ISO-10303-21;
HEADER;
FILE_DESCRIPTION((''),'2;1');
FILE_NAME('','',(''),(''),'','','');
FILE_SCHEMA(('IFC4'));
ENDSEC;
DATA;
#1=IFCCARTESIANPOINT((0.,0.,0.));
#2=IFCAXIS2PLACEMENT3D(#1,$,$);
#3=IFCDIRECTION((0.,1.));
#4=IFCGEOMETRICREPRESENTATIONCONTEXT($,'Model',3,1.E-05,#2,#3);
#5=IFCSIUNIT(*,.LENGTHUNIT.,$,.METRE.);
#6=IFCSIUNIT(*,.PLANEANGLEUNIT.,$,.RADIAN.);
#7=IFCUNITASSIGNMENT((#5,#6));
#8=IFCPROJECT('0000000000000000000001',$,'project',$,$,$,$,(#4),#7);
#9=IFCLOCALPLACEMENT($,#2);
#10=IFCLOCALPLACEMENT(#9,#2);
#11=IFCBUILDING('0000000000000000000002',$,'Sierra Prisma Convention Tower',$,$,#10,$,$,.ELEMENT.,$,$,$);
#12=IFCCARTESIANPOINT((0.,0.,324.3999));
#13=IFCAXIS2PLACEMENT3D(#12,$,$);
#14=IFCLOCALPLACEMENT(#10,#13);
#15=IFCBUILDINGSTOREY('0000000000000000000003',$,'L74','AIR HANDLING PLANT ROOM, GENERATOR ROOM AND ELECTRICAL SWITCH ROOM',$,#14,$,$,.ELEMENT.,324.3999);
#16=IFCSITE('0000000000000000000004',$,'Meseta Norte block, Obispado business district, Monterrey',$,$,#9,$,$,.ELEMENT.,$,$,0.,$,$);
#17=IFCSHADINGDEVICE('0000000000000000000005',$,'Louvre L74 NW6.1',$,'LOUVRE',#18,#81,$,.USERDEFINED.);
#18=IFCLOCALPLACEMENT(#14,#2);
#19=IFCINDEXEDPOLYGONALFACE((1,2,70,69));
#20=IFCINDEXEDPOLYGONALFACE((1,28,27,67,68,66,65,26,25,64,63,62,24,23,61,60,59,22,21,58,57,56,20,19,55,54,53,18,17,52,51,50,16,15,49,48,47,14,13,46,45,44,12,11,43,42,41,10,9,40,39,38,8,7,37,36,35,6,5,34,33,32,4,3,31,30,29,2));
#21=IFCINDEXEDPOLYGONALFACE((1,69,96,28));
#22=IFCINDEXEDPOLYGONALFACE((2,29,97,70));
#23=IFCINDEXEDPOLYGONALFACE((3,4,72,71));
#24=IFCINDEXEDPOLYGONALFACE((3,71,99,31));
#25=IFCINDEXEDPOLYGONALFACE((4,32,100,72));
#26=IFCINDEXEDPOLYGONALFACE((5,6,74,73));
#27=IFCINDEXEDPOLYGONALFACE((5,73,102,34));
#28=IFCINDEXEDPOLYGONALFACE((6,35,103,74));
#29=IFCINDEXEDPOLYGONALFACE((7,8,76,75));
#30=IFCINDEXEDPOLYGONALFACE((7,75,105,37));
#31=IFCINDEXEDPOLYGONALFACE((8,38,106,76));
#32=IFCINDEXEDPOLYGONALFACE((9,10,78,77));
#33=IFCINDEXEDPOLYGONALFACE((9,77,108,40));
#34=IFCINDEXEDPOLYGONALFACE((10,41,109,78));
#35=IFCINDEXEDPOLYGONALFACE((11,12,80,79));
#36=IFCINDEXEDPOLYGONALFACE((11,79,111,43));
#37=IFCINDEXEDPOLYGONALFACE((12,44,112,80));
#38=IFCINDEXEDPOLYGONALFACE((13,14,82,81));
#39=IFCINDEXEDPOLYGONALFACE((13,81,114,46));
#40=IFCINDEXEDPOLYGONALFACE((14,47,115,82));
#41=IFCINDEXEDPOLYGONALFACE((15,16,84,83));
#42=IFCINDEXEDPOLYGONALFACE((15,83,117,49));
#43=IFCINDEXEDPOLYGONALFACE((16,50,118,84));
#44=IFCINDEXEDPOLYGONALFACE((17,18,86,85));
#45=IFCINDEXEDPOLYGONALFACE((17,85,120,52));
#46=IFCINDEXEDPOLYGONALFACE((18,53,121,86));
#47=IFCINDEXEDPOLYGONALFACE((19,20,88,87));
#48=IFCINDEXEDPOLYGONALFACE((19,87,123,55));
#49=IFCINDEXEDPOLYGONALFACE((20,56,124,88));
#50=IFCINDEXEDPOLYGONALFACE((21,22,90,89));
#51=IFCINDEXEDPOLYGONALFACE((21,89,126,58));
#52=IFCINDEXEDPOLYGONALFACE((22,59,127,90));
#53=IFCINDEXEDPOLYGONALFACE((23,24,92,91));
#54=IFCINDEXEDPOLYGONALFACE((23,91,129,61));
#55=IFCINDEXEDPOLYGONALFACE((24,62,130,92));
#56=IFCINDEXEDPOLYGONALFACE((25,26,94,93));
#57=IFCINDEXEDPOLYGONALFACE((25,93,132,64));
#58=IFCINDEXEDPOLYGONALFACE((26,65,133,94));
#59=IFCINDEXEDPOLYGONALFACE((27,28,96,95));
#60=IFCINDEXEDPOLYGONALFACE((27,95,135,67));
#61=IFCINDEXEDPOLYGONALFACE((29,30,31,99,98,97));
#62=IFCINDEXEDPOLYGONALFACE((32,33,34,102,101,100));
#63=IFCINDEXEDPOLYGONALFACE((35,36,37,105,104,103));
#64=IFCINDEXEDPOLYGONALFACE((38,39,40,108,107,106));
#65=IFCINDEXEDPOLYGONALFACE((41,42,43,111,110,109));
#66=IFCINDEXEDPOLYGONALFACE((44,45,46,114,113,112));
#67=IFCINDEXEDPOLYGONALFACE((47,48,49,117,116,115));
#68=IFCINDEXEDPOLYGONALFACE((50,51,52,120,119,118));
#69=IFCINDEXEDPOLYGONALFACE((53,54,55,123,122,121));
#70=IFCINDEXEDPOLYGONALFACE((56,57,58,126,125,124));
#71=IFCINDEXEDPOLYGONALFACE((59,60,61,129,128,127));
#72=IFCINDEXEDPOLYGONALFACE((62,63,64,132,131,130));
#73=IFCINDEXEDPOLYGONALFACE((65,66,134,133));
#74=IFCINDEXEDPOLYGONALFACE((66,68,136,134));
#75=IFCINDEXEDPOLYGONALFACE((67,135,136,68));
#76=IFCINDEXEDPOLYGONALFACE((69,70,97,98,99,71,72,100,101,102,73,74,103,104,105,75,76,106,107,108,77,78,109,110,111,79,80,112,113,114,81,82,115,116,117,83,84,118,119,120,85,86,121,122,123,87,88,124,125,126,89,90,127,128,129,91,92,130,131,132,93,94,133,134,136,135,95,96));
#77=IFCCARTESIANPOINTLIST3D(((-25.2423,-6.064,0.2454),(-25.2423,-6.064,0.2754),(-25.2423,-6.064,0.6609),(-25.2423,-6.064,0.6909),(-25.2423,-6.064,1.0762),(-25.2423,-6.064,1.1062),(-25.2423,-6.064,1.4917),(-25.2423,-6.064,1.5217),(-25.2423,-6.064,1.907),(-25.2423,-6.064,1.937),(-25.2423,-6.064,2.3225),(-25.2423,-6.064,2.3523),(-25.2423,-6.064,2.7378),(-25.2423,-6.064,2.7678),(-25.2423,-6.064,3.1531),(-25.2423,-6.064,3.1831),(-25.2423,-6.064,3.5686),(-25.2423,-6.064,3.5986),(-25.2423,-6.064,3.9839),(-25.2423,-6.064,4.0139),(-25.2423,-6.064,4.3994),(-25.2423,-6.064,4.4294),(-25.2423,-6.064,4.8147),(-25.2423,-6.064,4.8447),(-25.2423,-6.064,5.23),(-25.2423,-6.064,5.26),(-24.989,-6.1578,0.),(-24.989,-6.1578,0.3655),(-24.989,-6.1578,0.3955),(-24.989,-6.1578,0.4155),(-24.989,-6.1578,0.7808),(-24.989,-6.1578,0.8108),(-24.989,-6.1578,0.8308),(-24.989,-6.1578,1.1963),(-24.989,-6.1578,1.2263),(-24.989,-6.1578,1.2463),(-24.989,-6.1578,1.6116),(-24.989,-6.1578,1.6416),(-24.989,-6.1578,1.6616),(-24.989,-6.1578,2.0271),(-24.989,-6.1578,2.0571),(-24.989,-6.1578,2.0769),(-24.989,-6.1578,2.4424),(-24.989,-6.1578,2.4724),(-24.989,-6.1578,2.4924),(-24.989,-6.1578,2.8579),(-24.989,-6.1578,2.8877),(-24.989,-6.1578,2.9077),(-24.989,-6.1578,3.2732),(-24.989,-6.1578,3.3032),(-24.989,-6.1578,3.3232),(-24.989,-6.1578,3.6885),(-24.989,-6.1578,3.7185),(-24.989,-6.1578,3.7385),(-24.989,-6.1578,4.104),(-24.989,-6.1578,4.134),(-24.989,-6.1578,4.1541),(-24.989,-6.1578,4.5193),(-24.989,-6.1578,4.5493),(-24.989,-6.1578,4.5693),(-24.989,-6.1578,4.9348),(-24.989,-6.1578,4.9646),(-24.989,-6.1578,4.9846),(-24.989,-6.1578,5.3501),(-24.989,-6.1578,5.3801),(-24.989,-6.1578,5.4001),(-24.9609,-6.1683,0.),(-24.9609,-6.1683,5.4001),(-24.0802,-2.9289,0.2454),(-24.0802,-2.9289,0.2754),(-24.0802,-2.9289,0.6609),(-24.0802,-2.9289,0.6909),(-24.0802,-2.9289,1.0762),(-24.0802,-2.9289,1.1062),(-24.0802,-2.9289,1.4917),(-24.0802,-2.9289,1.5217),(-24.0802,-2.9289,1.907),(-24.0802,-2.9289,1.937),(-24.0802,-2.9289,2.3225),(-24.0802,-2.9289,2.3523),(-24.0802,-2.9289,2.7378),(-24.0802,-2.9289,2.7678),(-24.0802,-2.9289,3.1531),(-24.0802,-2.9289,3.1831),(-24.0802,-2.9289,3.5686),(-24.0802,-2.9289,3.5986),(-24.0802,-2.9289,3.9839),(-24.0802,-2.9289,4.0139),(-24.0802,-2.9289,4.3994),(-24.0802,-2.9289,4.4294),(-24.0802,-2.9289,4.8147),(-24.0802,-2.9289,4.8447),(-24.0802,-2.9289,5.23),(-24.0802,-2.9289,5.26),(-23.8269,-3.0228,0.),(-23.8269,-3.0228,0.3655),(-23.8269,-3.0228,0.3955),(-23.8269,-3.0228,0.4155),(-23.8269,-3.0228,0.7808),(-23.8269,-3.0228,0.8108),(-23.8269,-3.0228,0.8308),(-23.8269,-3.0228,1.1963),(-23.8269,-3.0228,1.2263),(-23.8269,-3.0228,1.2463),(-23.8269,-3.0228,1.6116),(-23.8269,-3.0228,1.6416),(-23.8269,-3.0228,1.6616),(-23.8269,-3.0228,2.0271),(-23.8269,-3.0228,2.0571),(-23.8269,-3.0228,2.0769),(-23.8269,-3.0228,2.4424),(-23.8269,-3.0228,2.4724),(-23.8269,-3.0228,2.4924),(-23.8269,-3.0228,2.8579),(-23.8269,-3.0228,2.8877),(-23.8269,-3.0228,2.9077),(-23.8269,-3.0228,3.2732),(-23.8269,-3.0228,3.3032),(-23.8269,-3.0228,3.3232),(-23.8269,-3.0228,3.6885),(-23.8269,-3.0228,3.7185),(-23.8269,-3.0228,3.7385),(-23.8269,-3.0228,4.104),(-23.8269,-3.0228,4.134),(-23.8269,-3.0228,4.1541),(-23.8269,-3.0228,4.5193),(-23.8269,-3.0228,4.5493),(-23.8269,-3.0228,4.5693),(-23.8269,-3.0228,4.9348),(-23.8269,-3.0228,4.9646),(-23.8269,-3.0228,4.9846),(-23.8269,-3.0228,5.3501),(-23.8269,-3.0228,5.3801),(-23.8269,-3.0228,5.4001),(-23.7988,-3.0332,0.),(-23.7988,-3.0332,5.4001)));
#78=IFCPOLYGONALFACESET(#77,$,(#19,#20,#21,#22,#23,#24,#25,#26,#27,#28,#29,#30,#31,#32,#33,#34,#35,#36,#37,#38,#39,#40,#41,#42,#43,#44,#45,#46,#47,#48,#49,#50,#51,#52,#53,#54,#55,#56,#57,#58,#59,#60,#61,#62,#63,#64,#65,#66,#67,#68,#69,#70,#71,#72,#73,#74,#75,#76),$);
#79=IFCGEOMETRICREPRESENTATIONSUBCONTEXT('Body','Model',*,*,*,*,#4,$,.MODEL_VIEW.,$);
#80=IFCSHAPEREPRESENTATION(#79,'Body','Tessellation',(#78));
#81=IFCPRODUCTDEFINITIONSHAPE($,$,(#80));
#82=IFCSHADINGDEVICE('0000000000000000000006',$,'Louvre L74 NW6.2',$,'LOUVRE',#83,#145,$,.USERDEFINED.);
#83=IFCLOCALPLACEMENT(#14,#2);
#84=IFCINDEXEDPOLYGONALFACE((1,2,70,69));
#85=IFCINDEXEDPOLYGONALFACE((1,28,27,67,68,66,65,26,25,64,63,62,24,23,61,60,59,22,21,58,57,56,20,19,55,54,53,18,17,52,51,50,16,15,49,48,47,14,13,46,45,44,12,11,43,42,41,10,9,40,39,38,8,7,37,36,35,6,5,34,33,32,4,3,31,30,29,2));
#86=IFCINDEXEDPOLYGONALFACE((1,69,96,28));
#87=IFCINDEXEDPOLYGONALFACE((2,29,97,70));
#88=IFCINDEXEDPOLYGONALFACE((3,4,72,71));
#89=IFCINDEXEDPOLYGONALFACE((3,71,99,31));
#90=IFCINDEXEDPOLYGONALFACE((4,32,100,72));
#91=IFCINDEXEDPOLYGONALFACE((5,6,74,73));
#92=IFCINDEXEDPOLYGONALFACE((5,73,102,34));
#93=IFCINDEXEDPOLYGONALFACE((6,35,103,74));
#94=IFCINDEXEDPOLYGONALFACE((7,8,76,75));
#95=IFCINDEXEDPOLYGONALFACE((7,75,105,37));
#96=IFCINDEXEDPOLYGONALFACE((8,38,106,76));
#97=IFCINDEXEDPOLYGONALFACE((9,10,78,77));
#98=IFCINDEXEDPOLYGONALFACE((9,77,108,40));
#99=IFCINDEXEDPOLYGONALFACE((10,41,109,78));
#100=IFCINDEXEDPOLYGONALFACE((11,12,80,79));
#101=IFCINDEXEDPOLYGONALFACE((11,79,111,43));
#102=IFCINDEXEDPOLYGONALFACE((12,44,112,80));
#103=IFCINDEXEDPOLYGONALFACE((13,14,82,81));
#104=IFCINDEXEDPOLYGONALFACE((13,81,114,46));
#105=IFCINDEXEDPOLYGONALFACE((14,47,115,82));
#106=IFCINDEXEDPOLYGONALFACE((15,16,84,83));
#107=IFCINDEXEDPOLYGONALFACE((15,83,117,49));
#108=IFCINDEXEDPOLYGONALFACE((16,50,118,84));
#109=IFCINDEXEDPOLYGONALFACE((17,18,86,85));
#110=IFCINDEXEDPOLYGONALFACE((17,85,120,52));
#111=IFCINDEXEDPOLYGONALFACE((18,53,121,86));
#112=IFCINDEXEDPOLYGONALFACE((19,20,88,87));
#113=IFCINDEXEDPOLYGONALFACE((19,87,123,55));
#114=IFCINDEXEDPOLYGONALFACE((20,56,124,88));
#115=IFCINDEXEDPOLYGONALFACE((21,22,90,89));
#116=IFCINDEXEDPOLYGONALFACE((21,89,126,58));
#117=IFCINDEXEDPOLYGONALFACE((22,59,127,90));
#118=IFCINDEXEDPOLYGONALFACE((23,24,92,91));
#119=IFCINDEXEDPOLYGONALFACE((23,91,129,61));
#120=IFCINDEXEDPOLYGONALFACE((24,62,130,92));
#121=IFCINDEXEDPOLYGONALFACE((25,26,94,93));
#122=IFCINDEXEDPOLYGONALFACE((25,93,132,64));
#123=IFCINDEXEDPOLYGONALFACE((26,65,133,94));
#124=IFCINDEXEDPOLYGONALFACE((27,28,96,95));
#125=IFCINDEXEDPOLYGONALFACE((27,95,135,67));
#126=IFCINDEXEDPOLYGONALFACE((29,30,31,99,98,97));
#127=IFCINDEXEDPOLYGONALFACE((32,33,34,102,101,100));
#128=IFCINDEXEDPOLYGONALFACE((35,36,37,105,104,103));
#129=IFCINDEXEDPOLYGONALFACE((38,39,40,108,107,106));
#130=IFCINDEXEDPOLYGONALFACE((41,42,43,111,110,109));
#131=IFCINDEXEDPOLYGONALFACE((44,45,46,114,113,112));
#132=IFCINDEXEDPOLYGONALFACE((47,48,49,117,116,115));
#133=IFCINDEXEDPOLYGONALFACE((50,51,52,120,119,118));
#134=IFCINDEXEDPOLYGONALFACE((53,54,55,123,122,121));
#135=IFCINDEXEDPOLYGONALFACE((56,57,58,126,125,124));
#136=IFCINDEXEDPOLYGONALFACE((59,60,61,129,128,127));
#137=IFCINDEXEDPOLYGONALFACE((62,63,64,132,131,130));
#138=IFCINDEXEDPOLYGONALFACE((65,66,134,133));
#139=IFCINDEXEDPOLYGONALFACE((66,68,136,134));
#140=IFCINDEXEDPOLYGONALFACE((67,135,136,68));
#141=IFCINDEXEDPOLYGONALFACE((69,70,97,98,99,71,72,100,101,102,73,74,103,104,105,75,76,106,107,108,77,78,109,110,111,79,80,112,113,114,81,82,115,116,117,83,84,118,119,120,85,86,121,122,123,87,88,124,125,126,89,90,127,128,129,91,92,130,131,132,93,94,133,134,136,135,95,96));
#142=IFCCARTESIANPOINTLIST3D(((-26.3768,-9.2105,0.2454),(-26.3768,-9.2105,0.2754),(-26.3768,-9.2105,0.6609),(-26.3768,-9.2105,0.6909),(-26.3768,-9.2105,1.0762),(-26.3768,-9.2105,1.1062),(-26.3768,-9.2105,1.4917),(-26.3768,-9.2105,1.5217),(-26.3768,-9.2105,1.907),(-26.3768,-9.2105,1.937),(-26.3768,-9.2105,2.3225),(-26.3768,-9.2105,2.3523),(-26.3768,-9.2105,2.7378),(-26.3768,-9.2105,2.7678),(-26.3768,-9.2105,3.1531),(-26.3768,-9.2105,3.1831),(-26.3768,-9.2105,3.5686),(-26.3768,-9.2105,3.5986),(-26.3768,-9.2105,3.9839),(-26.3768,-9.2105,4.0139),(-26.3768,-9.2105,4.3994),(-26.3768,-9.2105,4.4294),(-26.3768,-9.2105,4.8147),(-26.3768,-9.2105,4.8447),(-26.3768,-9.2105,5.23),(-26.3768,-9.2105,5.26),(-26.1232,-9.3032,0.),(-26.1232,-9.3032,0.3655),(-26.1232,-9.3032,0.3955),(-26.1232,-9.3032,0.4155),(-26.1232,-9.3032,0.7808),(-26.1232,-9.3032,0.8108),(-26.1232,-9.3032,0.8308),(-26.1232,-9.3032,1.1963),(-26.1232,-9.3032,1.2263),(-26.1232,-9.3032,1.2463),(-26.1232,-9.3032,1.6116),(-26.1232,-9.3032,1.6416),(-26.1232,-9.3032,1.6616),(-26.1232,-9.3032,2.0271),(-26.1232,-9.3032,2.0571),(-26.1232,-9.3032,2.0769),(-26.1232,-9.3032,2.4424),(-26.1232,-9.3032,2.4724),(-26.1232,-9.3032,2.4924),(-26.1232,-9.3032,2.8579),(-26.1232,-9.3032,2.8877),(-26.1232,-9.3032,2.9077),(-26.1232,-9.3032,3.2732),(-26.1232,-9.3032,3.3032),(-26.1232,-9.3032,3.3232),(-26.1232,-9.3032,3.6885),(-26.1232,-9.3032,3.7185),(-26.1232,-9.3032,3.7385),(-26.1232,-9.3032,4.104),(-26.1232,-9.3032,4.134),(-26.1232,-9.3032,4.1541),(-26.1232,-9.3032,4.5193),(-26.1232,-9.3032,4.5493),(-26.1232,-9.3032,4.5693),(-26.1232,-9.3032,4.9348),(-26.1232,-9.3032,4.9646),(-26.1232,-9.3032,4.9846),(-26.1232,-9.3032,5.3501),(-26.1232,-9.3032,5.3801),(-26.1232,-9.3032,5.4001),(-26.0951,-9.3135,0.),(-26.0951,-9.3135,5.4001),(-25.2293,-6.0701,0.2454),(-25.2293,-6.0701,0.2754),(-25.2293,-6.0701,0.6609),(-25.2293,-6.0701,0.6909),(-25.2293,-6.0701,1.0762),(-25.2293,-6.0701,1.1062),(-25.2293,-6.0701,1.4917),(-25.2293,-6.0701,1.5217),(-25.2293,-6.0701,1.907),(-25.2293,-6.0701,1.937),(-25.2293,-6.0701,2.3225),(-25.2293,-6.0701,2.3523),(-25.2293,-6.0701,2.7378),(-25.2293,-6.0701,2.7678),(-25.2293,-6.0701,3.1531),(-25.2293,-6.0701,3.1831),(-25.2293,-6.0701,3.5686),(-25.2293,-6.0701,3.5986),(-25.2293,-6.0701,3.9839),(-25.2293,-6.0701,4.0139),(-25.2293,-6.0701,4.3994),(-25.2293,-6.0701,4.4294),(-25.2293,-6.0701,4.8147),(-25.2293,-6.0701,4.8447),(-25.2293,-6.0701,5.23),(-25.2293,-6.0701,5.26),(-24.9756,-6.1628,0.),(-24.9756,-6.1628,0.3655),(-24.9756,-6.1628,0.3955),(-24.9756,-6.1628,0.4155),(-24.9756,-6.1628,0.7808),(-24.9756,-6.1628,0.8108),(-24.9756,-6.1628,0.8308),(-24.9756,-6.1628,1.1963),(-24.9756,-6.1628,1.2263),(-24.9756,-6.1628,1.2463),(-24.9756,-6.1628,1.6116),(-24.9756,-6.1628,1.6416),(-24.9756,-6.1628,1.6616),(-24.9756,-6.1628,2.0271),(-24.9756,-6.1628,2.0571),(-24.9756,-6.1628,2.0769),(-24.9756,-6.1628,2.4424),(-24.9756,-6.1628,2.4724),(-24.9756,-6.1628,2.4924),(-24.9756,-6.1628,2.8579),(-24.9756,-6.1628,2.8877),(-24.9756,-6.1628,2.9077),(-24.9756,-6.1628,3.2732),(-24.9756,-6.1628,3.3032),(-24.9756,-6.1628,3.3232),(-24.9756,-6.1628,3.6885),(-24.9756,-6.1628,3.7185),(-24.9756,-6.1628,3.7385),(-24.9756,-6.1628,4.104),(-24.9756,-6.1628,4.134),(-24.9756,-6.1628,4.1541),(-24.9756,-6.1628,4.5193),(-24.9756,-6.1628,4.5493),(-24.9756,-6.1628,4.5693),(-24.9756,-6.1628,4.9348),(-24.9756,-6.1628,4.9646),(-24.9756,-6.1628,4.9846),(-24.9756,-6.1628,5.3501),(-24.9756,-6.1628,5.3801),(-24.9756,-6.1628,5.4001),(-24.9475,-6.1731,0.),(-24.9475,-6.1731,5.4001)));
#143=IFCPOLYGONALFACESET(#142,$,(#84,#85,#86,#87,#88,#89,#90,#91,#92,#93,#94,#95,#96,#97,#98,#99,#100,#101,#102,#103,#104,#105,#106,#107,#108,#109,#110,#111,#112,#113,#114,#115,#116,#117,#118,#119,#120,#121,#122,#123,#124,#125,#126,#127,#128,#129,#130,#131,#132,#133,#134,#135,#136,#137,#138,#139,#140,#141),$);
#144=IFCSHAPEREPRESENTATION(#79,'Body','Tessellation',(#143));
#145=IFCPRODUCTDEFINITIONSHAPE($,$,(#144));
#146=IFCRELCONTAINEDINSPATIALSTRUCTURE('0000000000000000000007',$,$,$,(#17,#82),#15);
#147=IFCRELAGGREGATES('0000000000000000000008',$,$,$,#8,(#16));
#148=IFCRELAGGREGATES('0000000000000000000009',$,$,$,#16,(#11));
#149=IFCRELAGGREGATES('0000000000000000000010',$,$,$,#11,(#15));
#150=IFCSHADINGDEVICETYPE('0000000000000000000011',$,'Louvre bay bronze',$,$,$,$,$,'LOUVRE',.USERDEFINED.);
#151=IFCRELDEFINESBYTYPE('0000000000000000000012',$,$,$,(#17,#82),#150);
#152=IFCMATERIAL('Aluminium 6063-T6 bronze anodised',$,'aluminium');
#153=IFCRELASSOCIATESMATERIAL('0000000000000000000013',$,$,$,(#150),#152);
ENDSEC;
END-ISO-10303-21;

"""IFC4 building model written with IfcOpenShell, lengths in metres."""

from ifc_helpers import new_model, si_unit, direction, frame, origin, place, context, subcontext, project, spatial, polyline, outline, extrude, material, type_object, element, save


model = new_model("IFC4")

# Units and contexts
model_context = context("Model", 3, precision=1e-05, world=origin(), true_north=direction((0.0, 1.0)))
body_context = subcontext(model_context, "Body", "Model", "MODEL_VIEW")
ifc_project = project(units=[si_unit("LENGTHUNIT", "METRE"), si_unit("PLANEANGLEUNIT", "RADIAN")], contexts=[model_context])

# Site, building, storey
site_placement = place(None, origin())
site = spatial("IfcSite", under=ifc_project, at=site_placement, Name="Meseta Norte block, Obispado business district, Monterrey", CompositionType="ELEMENT", RefElevation=0.0)
building_placement = place(site_placement, origin())
building = spatial("IfcBuilding", under=site, at=building_placement, Name="Sierra Prisma Convention Tower", CompositionType="ELEMENT")
storey_placement = place(building_placement, frame((0.0, 0.0, 324.3999)))
storey = spatial("IfcBuildingStorey", under=building, at=storey_placement, Name="L74", Description="AIR HANDLING PLANT ROOM, GENERATOR ROOM AND ELECTRICAL SWITCH ROOM", CompositionType="ELEMENT", Elevation=324.3999)

# Shading devices
ifc_material_1 = material(Name="Aluminium 6063-T6 bronze anodised", Category="aluminium")
shading_device_type = type_object("IfcShadingDeviceType", Name="Louvre bay bronze", ElementType="LOUVRE", PredefinedType="USERDEFINED", material=ifc_material_1)
shading_device_1_placement = place(storey_placement, frame((-23.7988, -3.0332, 0.0), z_axis=(0.347573, 0.937653, 0.0), x_axis=(0.0, 0.0, 1.0)))
element("IfcShadingDevice", 1, at=shading_device_1_placement, inside=storey, type_object=shading_device_type, Name="Louvre L74 NW6.1", ObjectType="LOUVRE", PredefinedType="USERDEFINED", context=body_context, shape_type="SweptSolid", body=[
    extrude(outline(polyline([(0.0, 0.0), (5.4001, 0.0), (5.4001, -0.03), (5.3801, -0.03), (5.26, -0.3001), (5.23, -0.3001), (5.3501, -0.03), (4.9846, -0.03), (4.9646, -0.03), (4.8447, -0.3001), (4.8147, -0.3001), (4.9348, -0.03), (4.5693, -0.03), (4.5493, -0.03), (4.4294, -0.3001), (4.3994, -0.3001), (4.5193, -0.03), (4.1541, -0.03), (4.134, -0.03), (4.0139, -0.3001), (3.9839, -0.3001), (4.104, -0.03), (3.7385, -0.03), (3.7185, -0.03), (3.5986, -0.3001), (3.5686, -0.3001), (3.6885, -0.03), (3.3232, -0.03), (3.3032, -0.03), (3.1831, -0.3001), (3.1531, -0.3001), (3.2732, -0.03), (2.9077, -0.03), (2.8877, -0.03), (2.7678, -0.3001), (2.7378, -0.3001), (2.8579, -0.03), (2.4924, -0.03), (2.4724, -0.03), (2.3523, -0.3001), (2.3225, -0.3001), (2.4424, -0.03), (2.0769, -0.03), (2.0571, -0.03), (1.937, -0.3001), (1.907, -0.3001), (2.0271, -0.03), (1.6616, -0.03), (1.6416, -0.03), (1.5217, -0.3001), (1.4917, -0.3001), (1.6116, -0.03), (1.2463, -0.03), (1.2263, -0.03), (1.1062, -0.3001), (1.0762, -0.3001), (1.1963, -0.03), (0.8308, -0.03), (0.8108, -0.03), (0.6909, -0.3001), (0.6609, -0.3001), (0.7808, -0.03), (0.4155, -0.03), (0.3955, -0.03), (0.2754, -0.3001), (0.2454, -0.3001), (0.3655, -0.03), (0.0, -0.03), (0.0, 0.0)])), origin(), (0.0, 0.0, -1.0), 3.3435),
])
shading_device_2_placement = place(storey_placement, frame((-24.9475, -6.1731, 0.0), z_axis=(0.343224, 0.939254, 0.0), x_axis=(0.0, 0.0, 1.0)))
element("IfcShadingDevice", 2, at=shading_device_2_placement, inside=storey, type_object=shading_device_type, Name="Louvre L74 NW6.2", ObjectType="LOUVRE", PredefinedType="USERDEFINED", context=body_context, shape_type="SweptSolid", body=[
    extrude(outline(polyline([(0.0, 0.0), (5.4001, 0.0), (5.4001, -0.0299), (5.3801, -0.0299), (5.26, -0.3), (5.23, -0.3), (5.3501, -0.0299), (4.9846, -0.0299), (4.9646, -0.0299), (4.8447, -0.3), (4.8147, -0.3), (4.9348, -0.0299), (4.5693, -0.0299), (4.5493, -0.0299), (4.4294, -0.3), (4.3994, -0.3), (4.5193, -0.0299), (4.1541, -0.0299), (4.134, -0.0299), (4.0139, -0.3), (3.9839, -0.3), (4.104, -0.0299), (3.7385, -0.0299), (3.7185, -0.0299), (3.5986, -0.3), (3.5686, -0.3), (3.6885, -0.0299), (3.3232, -0.0299), (3.3032, -0.0299), (3.1831, -0.3), (3.1531, -0.3), (3.2732, -0.0299), (2.9077, -0.0299), (2.8877, -0.0299), (2.7678, -0.3), (2.7378, -0.3), (2.8579, -0.0299), (2.4924, -0.0299), (2.4724, -0.0299), (2.3523, -0.3), (2.3225, -0.3), (2.4424, -0.0299), (2.0769, -0.0299), (2.0571, -0.0299), (1.937, -0.3), (1.907, -0.3), (2.0271, -0.0299), (1.6616, -0.0299), (1.6416, -0.0299), (1.5217, -0.3), (1.4917, -0.3), (1.6116, -0.0299), (1.2463, -0.0299), (1.2263, -0.0299), (1.1062, -0.3), (1.0762, -0.3), (1.1963, -0.0299), (0.8308, -0.0299), (0.8108, -0.0299), (0.6909, -0.3), (0.6609, -0.3), (0.7808, -0.0299), (0.4155, -0.0299), (0.3955, -0.0299), (0.2754, -0.3), (0.2454, -0.3), (0.3655, -0.0299), (0.0, -0.0299), (0.0, 0.0)])), origin(), (0.0, 0.0, -1.0), 3.3435),
])

save(model, "model.ifc")
